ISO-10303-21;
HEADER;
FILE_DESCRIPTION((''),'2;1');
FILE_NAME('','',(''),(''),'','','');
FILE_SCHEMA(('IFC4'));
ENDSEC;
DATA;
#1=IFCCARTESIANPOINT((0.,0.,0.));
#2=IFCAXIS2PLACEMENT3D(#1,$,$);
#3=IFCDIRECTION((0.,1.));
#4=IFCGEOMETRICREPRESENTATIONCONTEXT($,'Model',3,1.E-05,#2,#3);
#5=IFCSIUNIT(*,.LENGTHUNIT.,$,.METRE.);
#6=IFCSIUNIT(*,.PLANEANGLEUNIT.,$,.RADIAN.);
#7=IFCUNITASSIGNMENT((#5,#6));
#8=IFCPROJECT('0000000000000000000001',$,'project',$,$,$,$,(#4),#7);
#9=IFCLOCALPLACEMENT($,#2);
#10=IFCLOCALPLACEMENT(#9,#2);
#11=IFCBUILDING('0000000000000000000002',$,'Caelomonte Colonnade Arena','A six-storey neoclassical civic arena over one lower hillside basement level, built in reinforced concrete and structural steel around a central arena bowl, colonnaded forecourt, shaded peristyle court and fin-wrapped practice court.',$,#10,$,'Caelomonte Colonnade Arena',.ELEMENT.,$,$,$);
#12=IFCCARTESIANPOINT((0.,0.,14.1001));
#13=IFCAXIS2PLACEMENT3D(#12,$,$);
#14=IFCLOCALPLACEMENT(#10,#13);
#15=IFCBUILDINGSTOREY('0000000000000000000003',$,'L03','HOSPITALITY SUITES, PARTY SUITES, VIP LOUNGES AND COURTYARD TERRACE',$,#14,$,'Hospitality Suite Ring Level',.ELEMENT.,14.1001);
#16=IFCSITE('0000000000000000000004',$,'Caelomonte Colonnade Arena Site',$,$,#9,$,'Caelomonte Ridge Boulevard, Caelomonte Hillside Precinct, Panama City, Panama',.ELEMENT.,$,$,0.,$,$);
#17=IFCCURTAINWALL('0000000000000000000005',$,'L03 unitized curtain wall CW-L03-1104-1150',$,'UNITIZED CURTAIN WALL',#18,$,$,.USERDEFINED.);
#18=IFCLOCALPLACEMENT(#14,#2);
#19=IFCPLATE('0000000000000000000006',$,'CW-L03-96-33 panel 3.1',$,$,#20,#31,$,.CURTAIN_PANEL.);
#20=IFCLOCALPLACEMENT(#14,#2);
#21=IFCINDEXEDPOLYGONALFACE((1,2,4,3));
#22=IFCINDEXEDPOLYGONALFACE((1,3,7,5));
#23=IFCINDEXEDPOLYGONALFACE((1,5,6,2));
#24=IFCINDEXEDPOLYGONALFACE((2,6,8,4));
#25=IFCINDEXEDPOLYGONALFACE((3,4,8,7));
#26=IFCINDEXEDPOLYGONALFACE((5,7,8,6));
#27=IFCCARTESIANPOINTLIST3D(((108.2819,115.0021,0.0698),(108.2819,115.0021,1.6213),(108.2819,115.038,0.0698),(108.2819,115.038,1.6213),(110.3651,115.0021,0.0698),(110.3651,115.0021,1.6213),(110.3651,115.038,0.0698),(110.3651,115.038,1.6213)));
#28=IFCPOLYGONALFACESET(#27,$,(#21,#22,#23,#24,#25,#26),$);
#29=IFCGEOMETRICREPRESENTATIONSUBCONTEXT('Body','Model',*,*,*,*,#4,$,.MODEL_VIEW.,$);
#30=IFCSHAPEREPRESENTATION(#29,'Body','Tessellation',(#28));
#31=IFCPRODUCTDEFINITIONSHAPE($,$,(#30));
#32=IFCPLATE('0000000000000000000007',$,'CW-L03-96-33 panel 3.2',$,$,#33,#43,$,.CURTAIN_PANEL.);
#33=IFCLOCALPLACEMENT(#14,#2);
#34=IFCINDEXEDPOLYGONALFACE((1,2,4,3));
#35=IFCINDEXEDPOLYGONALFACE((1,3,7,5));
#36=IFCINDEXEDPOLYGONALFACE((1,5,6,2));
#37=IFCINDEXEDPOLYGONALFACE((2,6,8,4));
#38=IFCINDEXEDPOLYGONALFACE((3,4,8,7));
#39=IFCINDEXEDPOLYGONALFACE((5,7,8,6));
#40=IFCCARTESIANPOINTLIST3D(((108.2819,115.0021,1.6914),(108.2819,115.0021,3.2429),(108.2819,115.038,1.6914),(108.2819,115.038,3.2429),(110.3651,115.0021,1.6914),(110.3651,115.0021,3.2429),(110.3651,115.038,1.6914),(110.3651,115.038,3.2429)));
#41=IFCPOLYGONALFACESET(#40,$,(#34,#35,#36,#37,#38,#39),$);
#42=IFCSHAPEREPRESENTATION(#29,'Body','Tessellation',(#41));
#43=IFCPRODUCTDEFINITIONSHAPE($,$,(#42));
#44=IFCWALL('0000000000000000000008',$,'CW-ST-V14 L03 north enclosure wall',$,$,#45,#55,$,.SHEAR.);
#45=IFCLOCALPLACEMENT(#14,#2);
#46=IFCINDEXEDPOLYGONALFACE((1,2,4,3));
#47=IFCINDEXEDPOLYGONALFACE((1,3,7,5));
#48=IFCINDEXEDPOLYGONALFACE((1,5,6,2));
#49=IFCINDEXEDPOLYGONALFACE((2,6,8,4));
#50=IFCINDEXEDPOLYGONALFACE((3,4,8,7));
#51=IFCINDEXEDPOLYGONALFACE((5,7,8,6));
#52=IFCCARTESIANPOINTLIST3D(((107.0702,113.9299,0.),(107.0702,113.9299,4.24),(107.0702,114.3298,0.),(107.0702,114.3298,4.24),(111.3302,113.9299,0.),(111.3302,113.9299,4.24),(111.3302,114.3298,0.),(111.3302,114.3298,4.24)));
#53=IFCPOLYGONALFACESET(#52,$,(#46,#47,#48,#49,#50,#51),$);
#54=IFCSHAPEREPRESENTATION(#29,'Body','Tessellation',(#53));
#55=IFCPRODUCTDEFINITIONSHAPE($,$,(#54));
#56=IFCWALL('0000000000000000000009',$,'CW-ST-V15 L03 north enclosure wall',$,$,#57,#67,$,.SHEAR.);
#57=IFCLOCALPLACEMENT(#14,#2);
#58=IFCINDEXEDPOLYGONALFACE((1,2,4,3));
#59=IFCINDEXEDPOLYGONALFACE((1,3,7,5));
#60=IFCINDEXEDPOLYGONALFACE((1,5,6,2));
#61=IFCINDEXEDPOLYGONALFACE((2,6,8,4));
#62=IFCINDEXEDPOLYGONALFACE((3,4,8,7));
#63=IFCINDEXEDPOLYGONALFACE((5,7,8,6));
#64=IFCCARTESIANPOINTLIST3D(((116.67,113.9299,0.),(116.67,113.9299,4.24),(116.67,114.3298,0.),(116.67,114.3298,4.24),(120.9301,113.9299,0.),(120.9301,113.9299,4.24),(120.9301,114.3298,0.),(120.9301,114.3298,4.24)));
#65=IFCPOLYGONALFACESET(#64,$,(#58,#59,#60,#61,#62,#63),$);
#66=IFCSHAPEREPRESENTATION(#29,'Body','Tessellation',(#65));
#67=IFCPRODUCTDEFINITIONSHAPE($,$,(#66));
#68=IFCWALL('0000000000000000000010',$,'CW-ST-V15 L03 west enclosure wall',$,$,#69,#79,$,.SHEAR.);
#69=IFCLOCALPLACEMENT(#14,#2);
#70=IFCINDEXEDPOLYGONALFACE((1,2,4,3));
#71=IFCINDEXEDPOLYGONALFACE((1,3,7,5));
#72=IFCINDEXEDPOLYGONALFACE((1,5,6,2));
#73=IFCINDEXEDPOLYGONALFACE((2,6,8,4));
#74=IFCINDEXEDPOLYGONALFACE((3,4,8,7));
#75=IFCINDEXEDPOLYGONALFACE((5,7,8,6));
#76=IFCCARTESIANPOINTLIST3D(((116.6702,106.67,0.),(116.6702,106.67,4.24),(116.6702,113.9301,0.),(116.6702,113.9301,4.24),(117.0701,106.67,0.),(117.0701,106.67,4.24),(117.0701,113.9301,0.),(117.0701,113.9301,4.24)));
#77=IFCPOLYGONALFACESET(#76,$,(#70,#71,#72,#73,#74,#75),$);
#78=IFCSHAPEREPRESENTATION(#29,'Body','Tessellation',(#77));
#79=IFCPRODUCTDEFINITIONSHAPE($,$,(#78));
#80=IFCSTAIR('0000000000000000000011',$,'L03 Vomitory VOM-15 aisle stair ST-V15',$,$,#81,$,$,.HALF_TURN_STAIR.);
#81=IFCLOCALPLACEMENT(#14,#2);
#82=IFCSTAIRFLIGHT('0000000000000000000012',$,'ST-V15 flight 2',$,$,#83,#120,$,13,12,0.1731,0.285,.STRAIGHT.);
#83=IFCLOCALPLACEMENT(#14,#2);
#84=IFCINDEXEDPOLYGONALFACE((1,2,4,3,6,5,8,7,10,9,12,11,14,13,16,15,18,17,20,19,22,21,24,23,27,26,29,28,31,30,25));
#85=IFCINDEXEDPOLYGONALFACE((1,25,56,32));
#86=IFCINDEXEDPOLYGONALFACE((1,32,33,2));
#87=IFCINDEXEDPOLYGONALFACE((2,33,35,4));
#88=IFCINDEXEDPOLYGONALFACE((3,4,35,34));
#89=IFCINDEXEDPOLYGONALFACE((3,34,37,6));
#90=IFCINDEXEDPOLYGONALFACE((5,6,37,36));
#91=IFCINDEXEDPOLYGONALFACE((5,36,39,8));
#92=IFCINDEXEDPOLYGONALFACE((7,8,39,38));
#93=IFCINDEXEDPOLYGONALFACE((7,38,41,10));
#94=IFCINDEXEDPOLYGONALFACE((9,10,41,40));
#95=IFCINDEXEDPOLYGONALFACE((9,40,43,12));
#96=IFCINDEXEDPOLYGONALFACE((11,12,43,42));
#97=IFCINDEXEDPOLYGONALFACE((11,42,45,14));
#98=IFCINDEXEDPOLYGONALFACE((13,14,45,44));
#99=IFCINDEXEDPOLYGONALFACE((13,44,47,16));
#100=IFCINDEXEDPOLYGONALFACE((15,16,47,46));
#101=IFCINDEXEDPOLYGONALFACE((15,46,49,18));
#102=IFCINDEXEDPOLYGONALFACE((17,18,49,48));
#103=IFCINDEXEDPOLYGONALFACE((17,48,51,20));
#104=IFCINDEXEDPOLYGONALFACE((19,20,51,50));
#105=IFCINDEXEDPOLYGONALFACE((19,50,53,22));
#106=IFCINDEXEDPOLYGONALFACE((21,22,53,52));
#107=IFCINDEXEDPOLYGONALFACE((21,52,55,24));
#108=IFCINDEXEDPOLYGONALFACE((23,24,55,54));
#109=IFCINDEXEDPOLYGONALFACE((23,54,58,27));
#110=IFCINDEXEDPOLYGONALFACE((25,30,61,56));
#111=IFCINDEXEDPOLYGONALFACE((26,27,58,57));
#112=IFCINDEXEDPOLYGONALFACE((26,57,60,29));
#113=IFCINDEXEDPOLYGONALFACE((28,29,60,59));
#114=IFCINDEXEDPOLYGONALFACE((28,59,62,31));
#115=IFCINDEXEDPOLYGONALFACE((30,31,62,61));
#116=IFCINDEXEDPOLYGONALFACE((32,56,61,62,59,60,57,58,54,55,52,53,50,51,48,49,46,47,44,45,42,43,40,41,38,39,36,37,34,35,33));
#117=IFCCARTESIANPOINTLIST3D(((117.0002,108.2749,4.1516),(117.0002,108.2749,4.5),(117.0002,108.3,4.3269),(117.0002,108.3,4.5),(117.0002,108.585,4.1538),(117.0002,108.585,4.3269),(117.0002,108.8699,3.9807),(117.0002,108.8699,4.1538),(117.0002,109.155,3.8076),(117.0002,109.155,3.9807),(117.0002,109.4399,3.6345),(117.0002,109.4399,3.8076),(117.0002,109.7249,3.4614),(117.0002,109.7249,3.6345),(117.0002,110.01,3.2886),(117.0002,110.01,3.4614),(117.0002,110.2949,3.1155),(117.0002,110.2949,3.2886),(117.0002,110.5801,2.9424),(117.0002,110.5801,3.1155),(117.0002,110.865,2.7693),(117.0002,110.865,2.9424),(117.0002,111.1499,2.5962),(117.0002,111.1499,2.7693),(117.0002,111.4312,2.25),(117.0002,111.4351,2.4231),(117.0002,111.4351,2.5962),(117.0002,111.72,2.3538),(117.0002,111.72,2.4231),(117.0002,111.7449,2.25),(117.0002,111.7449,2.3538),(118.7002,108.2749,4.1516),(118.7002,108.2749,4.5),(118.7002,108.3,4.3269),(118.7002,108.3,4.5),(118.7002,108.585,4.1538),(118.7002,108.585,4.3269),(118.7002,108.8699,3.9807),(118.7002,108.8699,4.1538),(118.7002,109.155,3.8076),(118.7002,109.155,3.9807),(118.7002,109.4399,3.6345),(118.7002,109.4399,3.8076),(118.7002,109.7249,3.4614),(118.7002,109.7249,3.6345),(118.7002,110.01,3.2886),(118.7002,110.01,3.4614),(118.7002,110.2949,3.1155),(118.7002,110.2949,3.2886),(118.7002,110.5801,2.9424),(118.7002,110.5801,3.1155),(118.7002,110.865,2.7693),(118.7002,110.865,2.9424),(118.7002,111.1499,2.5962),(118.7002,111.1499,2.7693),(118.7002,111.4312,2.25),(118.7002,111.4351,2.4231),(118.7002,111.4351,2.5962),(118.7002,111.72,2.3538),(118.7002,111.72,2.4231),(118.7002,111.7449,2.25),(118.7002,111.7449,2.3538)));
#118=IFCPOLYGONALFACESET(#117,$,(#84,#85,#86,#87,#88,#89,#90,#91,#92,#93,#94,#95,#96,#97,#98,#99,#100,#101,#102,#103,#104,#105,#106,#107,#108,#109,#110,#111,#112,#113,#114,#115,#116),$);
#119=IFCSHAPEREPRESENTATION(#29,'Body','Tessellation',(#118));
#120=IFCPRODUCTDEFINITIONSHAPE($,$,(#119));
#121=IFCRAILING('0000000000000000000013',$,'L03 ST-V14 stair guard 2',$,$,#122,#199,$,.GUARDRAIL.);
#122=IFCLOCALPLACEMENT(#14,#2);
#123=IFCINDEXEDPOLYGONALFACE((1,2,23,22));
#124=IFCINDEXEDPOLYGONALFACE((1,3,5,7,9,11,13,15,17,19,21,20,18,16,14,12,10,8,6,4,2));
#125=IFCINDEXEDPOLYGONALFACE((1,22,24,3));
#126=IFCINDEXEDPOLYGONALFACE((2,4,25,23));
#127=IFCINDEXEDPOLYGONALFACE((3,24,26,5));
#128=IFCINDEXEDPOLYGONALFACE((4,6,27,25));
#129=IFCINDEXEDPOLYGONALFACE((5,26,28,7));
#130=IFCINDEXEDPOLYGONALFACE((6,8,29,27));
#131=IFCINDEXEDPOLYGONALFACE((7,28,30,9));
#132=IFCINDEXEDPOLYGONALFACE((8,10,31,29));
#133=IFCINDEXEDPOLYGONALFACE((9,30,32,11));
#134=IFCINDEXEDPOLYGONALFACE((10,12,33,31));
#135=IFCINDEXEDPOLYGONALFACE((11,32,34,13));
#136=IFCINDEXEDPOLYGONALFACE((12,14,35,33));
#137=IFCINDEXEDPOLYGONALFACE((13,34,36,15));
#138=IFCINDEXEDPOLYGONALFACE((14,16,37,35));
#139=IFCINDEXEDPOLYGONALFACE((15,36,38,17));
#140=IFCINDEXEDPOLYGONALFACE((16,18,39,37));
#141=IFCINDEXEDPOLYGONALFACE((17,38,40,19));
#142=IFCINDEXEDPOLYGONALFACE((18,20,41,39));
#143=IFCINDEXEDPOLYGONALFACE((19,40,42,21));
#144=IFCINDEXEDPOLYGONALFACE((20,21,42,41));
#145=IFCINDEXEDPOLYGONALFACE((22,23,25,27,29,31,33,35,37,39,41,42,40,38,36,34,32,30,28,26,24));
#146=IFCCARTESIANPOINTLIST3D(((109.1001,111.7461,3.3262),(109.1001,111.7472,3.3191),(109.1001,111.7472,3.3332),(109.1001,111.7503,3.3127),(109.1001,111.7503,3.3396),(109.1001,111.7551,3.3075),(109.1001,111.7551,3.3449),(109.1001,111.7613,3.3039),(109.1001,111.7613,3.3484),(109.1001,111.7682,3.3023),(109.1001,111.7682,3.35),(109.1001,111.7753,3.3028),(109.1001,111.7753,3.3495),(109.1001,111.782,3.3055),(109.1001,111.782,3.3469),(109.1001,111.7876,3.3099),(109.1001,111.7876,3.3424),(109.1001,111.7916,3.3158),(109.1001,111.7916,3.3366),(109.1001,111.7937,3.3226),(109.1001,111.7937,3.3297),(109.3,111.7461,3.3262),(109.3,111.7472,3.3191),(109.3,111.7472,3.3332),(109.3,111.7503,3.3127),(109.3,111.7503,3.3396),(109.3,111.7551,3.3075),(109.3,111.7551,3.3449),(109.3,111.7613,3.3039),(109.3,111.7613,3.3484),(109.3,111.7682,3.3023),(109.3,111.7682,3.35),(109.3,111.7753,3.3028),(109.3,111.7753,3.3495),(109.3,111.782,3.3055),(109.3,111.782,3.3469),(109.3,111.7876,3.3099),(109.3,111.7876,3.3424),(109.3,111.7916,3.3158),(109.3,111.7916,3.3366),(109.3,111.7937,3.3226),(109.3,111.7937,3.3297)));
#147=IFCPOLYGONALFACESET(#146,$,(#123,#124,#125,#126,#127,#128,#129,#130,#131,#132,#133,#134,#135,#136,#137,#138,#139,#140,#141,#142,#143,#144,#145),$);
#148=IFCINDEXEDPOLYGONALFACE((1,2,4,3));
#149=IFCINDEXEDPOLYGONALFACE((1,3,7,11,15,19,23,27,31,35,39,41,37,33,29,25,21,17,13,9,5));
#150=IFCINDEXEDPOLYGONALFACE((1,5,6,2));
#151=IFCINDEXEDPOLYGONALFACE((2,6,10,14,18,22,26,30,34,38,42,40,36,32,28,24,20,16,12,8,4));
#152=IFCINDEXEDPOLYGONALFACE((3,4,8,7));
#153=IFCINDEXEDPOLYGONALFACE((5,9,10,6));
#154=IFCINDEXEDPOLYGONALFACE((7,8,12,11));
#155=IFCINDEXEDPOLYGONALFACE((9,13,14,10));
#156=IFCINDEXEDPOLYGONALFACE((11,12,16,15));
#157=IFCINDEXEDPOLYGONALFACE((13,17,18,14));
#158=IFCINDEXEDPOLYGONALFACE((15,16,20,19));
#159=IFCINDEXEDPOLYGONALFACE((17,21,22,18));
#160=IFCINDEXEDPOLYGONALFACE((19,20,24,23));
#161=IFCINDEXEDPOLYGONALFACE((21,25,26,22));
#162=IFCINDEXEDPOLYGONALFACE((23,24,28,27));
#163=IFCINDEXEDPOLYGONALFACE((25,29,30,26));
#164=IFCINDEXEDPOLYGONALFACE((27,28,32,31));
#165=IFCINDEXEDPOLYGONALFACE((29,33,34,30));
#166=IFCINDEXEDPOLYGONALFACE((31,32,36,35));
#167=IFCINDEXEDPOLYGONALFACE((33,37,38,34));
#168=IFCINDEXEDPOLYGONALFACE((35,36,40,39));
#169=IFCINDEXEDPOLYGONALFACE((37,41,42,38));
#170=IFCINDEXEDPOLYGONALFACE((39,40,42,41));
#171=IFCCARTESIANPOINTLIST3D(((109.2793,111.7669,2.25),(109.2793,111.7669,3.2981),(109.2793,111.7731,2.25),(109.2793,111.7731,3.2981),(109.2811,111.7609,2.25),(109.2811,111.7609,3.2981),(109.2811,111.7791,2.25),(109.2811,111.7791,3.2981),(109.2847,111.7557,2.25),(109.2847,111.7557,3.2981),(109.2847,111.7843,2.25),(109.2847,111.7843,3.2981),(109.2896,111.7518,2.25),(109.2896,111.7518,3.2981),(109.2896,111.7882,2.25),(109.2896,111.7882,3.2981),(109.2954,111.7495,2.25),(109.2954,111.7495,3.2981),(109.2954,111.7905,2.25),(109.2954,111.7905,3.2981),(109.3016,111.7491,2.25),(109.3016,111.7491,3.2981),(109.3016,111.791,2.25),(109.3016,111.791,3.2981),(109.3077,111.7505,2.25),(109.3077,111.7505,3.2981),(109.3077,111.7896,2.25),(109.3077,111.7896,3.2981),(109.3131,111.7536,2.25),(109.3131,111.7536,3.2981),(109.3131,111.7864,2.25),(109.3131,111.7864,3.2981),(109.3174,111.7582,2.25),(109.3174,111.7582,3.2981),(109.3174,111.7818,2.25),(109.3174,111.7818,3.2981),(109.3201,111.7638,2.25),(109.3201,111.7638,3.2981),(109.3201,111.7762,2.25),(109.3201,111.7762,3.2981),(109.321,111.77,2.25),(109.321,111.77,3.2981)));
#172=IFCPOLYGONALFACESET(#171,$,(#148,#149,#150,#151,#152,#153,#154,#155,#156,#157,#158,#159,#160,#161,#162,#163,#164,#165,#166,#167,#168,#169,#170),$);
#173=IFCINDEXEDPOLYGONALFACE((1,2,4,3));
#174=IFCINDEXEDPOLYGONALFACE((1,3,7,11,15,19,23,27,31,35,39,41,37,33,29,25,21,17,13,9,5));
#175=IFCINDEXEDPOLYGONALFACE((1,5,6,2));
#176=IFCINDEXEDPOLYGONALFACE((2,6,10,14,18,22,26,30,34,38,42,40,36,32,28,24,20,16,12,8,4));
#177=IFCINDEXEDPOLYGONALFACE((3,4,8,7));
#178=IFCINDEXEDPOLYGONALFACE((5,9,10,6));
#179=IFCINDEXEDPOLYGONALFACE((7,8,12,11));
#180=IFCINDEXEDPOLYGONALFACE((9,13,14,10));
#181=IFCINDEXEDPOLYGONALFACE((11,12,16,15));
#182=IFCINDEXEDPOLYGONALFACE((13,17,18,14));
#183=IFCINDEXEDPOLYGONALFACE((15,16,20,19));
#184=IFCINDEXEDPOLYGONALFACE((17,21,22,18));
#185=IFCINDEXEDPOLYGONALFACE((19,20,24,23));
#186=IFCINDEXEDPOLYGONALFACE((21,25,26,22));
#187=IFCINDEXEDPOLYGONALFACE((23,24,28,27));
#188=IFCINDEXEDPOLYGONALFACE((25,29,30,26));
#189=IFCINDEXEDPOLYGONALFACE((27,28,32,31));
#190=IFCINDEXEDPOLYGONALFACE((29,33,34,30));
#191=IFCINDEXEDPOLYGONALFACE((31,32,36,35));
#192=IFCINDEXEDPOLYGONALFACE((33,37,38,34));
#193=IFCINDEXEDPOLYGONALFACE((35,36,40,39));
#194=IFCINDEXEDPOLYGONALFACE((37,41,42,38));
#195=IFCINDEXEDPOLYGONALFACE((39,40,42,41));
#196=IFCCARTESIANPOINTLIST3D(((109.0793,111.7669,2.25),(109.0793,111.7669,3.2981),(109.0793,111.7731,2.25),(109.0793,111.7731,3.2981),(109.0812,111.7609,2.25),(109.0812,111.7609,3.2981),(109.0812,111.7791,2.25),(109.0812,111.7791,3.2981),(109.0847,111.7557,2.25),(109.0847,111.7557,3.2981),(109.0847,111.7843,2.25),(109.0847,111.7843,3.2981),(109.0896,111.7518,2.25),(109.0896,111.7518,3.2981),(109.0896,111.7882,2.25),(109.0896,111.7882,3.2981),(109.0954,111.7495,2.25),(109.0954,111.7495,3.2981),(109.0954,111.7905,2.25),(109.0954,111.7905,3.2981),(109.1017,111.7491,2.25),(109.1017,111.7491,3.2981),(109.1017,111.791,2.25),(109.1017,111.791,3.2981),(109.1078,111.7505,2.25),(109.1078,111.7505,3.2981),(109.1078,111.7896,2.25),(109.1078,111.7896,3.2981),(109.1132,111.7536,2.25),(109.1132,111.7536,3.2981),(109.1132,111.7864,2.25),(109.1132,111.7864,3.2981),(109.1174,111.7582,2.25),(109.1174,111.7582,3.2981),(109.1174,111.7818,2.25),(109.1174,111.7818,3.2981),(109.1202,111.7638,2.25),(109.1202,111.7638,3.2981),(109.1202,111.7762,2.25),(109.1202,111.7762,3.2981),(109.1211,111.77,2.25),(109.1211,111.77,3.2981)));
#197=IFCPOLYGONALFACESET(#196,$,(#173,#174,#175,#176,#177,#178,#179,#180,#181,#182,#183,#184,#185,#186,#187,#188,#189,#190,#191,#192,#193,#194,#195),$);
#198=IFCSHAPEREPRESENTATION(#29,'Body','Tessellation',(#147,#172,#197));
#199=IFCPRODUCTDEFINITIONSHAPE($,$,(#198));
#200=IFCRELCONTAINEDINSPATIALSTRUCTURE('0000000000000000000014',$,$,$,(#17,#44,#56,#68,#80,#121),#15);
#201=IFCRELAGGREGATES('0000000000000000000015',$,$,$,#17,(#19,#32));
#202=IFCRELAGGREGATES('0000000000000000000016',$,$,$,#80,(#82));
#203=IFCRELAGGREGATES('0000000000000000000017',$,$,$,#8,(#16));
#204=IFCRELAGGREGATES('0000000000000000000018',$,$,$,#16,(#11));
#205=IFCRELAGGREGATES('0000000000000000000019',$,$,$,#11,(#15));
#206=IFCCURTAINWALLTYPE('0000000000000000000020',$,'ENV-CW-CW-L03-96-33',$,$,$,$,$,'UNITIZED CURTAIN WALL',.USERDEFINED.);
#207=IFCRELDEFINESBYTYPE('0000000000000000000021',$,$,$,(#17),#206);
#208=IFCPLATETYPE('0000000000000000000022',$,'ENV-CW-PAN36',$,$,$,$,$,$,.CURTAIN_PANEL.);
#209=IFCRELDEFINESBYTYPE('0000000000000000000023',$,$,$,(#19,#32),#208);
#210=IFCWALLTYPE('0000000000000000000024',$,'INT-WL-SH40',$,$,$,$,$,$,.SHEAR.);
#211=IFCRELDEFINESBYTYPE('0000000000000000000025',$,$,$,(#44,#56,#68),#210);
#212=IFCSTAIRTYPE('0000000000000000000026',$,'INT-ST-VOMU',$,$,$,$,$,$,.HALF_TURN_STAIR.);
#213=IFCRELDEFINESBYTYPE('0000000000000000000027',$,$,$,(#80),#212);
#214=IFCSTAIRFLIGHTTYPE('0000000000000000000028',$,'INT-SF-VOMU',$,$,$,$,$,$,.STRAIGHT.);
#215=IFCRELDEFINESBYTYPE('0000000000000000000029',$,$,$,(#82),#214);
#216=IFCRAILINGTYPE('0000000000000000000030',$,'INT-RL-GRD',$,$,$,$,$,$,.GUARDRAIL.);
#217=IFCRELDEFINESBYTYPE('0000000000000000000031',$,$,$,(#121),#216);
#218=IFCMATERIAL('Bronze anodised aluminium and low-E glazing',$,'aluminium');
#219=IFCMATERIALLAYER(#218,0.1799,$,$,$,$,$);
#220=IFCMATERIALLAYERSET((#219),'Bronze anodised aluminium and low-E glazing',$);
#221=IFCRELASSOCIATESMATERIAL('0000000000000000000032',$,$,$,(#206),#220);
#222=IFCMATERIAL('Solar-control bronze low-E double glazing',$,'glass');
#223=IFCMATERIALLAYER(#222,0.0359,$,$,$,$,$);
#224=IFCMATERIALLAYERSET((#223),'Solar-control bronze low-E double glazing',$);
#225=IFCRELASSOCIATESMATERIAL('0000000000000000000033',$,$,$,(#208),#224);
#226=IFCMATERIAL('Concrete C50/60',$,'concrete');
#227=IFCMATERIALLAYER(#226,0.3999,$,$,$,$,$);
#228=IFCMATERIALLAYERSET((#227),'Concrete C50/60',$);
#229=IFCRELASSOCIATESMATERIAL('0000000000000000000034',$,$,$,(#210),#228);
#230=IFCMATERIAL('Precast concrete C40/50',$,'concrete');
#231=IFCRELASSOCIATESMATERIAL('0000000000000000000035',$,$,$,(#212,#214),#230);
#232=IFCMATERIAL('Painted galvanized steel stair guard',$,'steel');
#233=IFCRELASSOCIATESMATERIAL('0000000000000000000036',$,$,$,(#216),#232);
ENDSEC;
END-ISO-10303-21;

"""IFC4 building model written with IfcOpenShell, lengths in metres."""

from ifc_helpers import new_model, si_unit, direction, frame, frame_2d, origin, origin_2d, place, context, subcontext, project, spatial, polyline, rectangle, circle, outline, extrude, material, layer, layer_set, type_object, element, aggregate, save


model = new_model("IFC4")

# Units and contexts
model_context = context("Model", 3, precision=1e-05, world=origin(), true_north=direction((0.0, 1.0)))
body_context = subcontext(model_context, "Body", "Model", "MODEL_VIEW")
ifc_project = project(units=[si_unit("LENGTHUNIT", "METRE"), si_unit("PLANEANGLEUNIT", "RADIAN")], contexts=[model_context])

# Site, building, storey
site_placement = place(None, origin())
site = spatial("IfcSite", under=ifc_project, at=site_placement, Name="Caelomonte Colonnade Arena Site", LongName="Caelomonte Ridge Boulevard, Caelomonte Hillside Precinct, Panama City, Panama", CompositionType="ELEMENT", RefElevation=0.0)
building_placement = place(site_placement, origin())
building = spatial("IfcBuilding", under=site, at=building_placement, Name="Caelomonte Colonnade Arena", Description="A six-storey neoclassical civic arena over one lower hillside basement level, built in reinforced concrete and structural steel around a central arena bowl, colonnaded forecourt, shaded peristyle court and fin-wrapped practice court.", LongName="Caelomonte Colonnade Arena", CompositionType="ELEMENT")
storey_placement = place(building_placement, frame((0.0, 0.0, 14.1001)))
storey = spatial("IfcBuildingStorey", under=building, at=storey_placement, Name="L03", Description="HOSPITALITY SUITES, PARTY SUITES, VIP LOUNGES AND COURTYARD TERRACE", LongName="Hospitality Suite Ring Level", CompositionType="ELEMENT", Elevation=14.1001)

# Curtain wall
ifc_material_1 = material(Name="Bronze anodised aluminium and low-E glazing", Category="aluminium")
ifc_layer_1 = layer(ifc_material_1, 0.1799)
ifc_layer_set_1 = layer_set([ifc_layer_1], Name="Bronze anodised aluminium and low-E glazing")
curtain_wall_type = type_object("IfcCurtainWallType", Name="ENV-CW-CW-L03-96-33", ElementType="UNITIZED CURTAIN WALL", PredefinedType="USERDEFINED", material=ifc_layer_set_1)
curtain_wall_1_placement = place(storey_placement, origin())
curtain_wall_1 = element("IfcCurtainWall", 1, at=curtain_wall_1_placement, inside=storey, type_object=curtain_wall_type, Name="L03 unitized curtain wall CW-L03-1104-1150", ObjectType="UNITIZED CURTAIN WALL", PredefinedType="USERDEFINED")

# Plates
ifc_material_2 = material(Name="Solar-control bronze low-E double glazing", Category="glass")
ifc_layer_2 = layer(ifc_material_2, 0.0359)
ifc_layer_set_2 = layer_set([ifc_layer_2], Name="Solar-control bronze low-E double glazing")
plate_type = type_object("IfcPlateType", Name="ENV-CW-PAN36", PredefinedType="CURTAIN_PANEL", material=ifc_layer_set_2)
plate_1_placement = place(storey_placement, frame((109.3235, 115.02, 0.0698), z_axis=(0.0, 0.0, 1.0), x_axis=(-1.0, 0.0, 0.0)))
plate_1 = element("IfcPlate", 2, at=plate_1_placement, type_object=plate_type, Name="CW-L03-96-33 panel 3.1", PredefinedType="CURTAIN_PANEL", context=body_context, shape_type="SweptSolid", body=[
    extrude(rectangle(XDim=2.0833, YDim=0.0359, at=origin_2d()), origin(), (0.0, 0.0, 1.0), 1.5515),
])
plate_2_placement = place(storey_placement, frame((109.3235, 115.02, 1.6914), z_axis=(0.0, 0.0, 1.0), x_axis=(-1.0, 0.0, 0.0)))
plate_2 = element("IfcPlate", 3, at=plate_2_placement, type_object=plate_type, Name="CW-L03-96-33 panel 3.2", PredefinedType="CURTAIN_PANEL", context=body_context, shape_type="SweptSolid", body=[
    extrude(rectangle(XDim=2.0833, YDim=0.0359, at=origin_2d()), origin(), (0.0, 0.0, 1.0), 1.5515),
])
aggregate(curtain_wall_1, [plate_1, plate_2])

# Walls
ifc_material_3 = material(Name="Concrete C50/60", Category="concrete")
ifc_layer_3 = layer(ifc_material_3, 0.3999)
ifc_layer_set_3 = layer_set([ifc_layer_3], Name="Concrete C50/60")
wall_type = type_object("IfcWallType", Name="INT-WL-SH40", PredefinedType="SHEAR", material=ifc_layer_set_3)
for number, where, z_axis, x_axis, name in (
    (4, (111.3301, 114.1299, 0.0), (0.0, 0.0, 1.0), (-1.0, 0.0, 0.0), "CW-ST-V14 L03 north enclosure wall"),
    (5, (120.9299, 114.1299, 0.0), (0.0, 0.0, 1.0), (-1.0, 0.0, 0.0), "CW-ST-V15 L03 north enclosure wall"),
):
    element("IfcWall", number, at=place(storey_placement, frame(where, z_axis=z_axis, x_axis=x_axis)), inside=storey, type_object=wall_type, Name=name, PredefinedType="SHEAR", context=body_context, shape_type="SweptSolid", body=[
        extrude(rectangle(XDim=4.26, YDim=0.3999, at=frame_2d((2.1299, 0.0))), origin(), (0.0, 0.0, 1.0), 4.24),
    ])
wall_placement = place(storey_placement, frame((116.8701, 113.9299, 0.0), z_axis=(0.0, 0.0, 1.0), x_axis=(0.0, -1.0, 0.0)))
element("IfcWall", 6, at=wall_placement, inside=storey, type_object=wall_type, Name="CW-ST-V15 L03 west enclosure wall", PredefinedType="SHEAR", context=body_context, shape_type="SweptSolid", body=[
    extrude(rectangle(XDim=7.26, YDim=0.3999, at=frame_2d((3.6299, 0.0))), origin(), (0.0, 0.0, 1.0), 4.24),
])

# Stair, stair flight
ifc_material_4 = material(Name="Precast concrete C40/50", Category="concrete")
stair_type = type_object("IfcStairType", Name="INT-ST-VOMU", PredefinedType="HALF_TURN_STAIR", material=ifc_material_4)
stair_placement = place(storey_placement, origin())
stair = element("IfcStair", 7, at=stair_placement, inside=storey, type_object=stair_type, Name="L03 Vomitory VOM-15 aisle stair ST-V15", PredefinedType="HALF_TURN_STAIR")
stair_flight_type = type_object("IfcStairFlightType", Name="INT-SF-VOMU", PredefinedType="STRAIGHT", material=ifc_material_4)
stair_flight_placement = place(storey_placement, frame((117.8501, 111.72, 2.25), z_axis=(0.0, 0.0, 1.0), x_axis=(0.0, -1.0, 0.0)))
stair_flight = element("IfcStairFlight", 8, at=stair_flight_placement, type_object=stair_flight_type, Name="ST-V15 flight 2", NumberOfRisers=13, NumberOfTreads=12, PredefinedType="STRAIGHT", RiserHeight=0.1731, TreadLength=0.285, context=body_context, shape_type="SweptSolid", body=[
    extrude(outline(polyline([(-0.0249, 0.0), (-0.0249, 0.1038), (0.0, 0.1038), (0.0, 0.1731), (0.2849, 0.1731), (0.2849, 0.3462), (0.5701, 0.3462), (0.5701, 0.5193), (0.855, 0.5193), (0.855, 0.6924), (1.1399, 0.6924), (1.1399, 0.8655), (1.425, 0.8655), (1.425, 1.0386), (1.71, 1.0386), (1.71, 1.2114), (1.9951, 1.2114), (1.9951, 1.3845), (2.28, 1.3845), (2.28, 1.5576), (2.5649, 1.5576), (2.5649, 1.7307), (2.8501, 1.7307), (2.8501, 1.9038), (3.135, 1.9038), (3.135, 2.0769), (3.4199, 2.0769), (3.4199, 2.25), (3.4451, 2.25), (3.4451, 1.9016), (0.2888, 0.0), (-0.0249, 0.0)])), frame((0.0, 0.8501, 0.0), z_axis=(0.0, -1.0, 0.0), x_axis=(1.0, 0.0, 0.0)), (0.0, 0.0, 1.0), 1.7),
])
aggregate(stair, [stair_flight])

# Railing
ifc_material_5 = material(Name="Painted galvanized steel stair guard", Category="steel")
railing_type = type_object("IfcRailingType", Name="INT-RL-GRD", PredefinedType="GUARDRAIL", material=ifc_material_5)
for number, where, name in (
    (9, (109.3, 111.77, 2.25), "L03 ST-V14 stair guard 2"),
):
    element("IfcRailing", number, at=place(storey_placement, frame(where)), inside=storey, type_object=railing_type, Name=name, PredefinedType="GUARDRAIL", context=body_context, shape_type="SweptSolid", body=[
        extrude(circle(Radius=0.0239, at=origin_2d()), frame((0.0, 0.0, 1.0762), z_axis=(-1.0, 0.0, 0.0), x_axis=(0.0, -1.0, 0.0)), (0.0, 0.0, 1.0), 0.2),
        extrude(circle(Radius=0.021, at=origin_2d()), origin(), (0.0, 0.0, 1.0), 1.0481),
        extrude(circle(Radius=0.021, at=origin_2d()), frame((-0.2, 0.0, 0.0)), (0.0, 0.0, 1.0), 1.0481),
    ])

save(model, "model.ifc")
